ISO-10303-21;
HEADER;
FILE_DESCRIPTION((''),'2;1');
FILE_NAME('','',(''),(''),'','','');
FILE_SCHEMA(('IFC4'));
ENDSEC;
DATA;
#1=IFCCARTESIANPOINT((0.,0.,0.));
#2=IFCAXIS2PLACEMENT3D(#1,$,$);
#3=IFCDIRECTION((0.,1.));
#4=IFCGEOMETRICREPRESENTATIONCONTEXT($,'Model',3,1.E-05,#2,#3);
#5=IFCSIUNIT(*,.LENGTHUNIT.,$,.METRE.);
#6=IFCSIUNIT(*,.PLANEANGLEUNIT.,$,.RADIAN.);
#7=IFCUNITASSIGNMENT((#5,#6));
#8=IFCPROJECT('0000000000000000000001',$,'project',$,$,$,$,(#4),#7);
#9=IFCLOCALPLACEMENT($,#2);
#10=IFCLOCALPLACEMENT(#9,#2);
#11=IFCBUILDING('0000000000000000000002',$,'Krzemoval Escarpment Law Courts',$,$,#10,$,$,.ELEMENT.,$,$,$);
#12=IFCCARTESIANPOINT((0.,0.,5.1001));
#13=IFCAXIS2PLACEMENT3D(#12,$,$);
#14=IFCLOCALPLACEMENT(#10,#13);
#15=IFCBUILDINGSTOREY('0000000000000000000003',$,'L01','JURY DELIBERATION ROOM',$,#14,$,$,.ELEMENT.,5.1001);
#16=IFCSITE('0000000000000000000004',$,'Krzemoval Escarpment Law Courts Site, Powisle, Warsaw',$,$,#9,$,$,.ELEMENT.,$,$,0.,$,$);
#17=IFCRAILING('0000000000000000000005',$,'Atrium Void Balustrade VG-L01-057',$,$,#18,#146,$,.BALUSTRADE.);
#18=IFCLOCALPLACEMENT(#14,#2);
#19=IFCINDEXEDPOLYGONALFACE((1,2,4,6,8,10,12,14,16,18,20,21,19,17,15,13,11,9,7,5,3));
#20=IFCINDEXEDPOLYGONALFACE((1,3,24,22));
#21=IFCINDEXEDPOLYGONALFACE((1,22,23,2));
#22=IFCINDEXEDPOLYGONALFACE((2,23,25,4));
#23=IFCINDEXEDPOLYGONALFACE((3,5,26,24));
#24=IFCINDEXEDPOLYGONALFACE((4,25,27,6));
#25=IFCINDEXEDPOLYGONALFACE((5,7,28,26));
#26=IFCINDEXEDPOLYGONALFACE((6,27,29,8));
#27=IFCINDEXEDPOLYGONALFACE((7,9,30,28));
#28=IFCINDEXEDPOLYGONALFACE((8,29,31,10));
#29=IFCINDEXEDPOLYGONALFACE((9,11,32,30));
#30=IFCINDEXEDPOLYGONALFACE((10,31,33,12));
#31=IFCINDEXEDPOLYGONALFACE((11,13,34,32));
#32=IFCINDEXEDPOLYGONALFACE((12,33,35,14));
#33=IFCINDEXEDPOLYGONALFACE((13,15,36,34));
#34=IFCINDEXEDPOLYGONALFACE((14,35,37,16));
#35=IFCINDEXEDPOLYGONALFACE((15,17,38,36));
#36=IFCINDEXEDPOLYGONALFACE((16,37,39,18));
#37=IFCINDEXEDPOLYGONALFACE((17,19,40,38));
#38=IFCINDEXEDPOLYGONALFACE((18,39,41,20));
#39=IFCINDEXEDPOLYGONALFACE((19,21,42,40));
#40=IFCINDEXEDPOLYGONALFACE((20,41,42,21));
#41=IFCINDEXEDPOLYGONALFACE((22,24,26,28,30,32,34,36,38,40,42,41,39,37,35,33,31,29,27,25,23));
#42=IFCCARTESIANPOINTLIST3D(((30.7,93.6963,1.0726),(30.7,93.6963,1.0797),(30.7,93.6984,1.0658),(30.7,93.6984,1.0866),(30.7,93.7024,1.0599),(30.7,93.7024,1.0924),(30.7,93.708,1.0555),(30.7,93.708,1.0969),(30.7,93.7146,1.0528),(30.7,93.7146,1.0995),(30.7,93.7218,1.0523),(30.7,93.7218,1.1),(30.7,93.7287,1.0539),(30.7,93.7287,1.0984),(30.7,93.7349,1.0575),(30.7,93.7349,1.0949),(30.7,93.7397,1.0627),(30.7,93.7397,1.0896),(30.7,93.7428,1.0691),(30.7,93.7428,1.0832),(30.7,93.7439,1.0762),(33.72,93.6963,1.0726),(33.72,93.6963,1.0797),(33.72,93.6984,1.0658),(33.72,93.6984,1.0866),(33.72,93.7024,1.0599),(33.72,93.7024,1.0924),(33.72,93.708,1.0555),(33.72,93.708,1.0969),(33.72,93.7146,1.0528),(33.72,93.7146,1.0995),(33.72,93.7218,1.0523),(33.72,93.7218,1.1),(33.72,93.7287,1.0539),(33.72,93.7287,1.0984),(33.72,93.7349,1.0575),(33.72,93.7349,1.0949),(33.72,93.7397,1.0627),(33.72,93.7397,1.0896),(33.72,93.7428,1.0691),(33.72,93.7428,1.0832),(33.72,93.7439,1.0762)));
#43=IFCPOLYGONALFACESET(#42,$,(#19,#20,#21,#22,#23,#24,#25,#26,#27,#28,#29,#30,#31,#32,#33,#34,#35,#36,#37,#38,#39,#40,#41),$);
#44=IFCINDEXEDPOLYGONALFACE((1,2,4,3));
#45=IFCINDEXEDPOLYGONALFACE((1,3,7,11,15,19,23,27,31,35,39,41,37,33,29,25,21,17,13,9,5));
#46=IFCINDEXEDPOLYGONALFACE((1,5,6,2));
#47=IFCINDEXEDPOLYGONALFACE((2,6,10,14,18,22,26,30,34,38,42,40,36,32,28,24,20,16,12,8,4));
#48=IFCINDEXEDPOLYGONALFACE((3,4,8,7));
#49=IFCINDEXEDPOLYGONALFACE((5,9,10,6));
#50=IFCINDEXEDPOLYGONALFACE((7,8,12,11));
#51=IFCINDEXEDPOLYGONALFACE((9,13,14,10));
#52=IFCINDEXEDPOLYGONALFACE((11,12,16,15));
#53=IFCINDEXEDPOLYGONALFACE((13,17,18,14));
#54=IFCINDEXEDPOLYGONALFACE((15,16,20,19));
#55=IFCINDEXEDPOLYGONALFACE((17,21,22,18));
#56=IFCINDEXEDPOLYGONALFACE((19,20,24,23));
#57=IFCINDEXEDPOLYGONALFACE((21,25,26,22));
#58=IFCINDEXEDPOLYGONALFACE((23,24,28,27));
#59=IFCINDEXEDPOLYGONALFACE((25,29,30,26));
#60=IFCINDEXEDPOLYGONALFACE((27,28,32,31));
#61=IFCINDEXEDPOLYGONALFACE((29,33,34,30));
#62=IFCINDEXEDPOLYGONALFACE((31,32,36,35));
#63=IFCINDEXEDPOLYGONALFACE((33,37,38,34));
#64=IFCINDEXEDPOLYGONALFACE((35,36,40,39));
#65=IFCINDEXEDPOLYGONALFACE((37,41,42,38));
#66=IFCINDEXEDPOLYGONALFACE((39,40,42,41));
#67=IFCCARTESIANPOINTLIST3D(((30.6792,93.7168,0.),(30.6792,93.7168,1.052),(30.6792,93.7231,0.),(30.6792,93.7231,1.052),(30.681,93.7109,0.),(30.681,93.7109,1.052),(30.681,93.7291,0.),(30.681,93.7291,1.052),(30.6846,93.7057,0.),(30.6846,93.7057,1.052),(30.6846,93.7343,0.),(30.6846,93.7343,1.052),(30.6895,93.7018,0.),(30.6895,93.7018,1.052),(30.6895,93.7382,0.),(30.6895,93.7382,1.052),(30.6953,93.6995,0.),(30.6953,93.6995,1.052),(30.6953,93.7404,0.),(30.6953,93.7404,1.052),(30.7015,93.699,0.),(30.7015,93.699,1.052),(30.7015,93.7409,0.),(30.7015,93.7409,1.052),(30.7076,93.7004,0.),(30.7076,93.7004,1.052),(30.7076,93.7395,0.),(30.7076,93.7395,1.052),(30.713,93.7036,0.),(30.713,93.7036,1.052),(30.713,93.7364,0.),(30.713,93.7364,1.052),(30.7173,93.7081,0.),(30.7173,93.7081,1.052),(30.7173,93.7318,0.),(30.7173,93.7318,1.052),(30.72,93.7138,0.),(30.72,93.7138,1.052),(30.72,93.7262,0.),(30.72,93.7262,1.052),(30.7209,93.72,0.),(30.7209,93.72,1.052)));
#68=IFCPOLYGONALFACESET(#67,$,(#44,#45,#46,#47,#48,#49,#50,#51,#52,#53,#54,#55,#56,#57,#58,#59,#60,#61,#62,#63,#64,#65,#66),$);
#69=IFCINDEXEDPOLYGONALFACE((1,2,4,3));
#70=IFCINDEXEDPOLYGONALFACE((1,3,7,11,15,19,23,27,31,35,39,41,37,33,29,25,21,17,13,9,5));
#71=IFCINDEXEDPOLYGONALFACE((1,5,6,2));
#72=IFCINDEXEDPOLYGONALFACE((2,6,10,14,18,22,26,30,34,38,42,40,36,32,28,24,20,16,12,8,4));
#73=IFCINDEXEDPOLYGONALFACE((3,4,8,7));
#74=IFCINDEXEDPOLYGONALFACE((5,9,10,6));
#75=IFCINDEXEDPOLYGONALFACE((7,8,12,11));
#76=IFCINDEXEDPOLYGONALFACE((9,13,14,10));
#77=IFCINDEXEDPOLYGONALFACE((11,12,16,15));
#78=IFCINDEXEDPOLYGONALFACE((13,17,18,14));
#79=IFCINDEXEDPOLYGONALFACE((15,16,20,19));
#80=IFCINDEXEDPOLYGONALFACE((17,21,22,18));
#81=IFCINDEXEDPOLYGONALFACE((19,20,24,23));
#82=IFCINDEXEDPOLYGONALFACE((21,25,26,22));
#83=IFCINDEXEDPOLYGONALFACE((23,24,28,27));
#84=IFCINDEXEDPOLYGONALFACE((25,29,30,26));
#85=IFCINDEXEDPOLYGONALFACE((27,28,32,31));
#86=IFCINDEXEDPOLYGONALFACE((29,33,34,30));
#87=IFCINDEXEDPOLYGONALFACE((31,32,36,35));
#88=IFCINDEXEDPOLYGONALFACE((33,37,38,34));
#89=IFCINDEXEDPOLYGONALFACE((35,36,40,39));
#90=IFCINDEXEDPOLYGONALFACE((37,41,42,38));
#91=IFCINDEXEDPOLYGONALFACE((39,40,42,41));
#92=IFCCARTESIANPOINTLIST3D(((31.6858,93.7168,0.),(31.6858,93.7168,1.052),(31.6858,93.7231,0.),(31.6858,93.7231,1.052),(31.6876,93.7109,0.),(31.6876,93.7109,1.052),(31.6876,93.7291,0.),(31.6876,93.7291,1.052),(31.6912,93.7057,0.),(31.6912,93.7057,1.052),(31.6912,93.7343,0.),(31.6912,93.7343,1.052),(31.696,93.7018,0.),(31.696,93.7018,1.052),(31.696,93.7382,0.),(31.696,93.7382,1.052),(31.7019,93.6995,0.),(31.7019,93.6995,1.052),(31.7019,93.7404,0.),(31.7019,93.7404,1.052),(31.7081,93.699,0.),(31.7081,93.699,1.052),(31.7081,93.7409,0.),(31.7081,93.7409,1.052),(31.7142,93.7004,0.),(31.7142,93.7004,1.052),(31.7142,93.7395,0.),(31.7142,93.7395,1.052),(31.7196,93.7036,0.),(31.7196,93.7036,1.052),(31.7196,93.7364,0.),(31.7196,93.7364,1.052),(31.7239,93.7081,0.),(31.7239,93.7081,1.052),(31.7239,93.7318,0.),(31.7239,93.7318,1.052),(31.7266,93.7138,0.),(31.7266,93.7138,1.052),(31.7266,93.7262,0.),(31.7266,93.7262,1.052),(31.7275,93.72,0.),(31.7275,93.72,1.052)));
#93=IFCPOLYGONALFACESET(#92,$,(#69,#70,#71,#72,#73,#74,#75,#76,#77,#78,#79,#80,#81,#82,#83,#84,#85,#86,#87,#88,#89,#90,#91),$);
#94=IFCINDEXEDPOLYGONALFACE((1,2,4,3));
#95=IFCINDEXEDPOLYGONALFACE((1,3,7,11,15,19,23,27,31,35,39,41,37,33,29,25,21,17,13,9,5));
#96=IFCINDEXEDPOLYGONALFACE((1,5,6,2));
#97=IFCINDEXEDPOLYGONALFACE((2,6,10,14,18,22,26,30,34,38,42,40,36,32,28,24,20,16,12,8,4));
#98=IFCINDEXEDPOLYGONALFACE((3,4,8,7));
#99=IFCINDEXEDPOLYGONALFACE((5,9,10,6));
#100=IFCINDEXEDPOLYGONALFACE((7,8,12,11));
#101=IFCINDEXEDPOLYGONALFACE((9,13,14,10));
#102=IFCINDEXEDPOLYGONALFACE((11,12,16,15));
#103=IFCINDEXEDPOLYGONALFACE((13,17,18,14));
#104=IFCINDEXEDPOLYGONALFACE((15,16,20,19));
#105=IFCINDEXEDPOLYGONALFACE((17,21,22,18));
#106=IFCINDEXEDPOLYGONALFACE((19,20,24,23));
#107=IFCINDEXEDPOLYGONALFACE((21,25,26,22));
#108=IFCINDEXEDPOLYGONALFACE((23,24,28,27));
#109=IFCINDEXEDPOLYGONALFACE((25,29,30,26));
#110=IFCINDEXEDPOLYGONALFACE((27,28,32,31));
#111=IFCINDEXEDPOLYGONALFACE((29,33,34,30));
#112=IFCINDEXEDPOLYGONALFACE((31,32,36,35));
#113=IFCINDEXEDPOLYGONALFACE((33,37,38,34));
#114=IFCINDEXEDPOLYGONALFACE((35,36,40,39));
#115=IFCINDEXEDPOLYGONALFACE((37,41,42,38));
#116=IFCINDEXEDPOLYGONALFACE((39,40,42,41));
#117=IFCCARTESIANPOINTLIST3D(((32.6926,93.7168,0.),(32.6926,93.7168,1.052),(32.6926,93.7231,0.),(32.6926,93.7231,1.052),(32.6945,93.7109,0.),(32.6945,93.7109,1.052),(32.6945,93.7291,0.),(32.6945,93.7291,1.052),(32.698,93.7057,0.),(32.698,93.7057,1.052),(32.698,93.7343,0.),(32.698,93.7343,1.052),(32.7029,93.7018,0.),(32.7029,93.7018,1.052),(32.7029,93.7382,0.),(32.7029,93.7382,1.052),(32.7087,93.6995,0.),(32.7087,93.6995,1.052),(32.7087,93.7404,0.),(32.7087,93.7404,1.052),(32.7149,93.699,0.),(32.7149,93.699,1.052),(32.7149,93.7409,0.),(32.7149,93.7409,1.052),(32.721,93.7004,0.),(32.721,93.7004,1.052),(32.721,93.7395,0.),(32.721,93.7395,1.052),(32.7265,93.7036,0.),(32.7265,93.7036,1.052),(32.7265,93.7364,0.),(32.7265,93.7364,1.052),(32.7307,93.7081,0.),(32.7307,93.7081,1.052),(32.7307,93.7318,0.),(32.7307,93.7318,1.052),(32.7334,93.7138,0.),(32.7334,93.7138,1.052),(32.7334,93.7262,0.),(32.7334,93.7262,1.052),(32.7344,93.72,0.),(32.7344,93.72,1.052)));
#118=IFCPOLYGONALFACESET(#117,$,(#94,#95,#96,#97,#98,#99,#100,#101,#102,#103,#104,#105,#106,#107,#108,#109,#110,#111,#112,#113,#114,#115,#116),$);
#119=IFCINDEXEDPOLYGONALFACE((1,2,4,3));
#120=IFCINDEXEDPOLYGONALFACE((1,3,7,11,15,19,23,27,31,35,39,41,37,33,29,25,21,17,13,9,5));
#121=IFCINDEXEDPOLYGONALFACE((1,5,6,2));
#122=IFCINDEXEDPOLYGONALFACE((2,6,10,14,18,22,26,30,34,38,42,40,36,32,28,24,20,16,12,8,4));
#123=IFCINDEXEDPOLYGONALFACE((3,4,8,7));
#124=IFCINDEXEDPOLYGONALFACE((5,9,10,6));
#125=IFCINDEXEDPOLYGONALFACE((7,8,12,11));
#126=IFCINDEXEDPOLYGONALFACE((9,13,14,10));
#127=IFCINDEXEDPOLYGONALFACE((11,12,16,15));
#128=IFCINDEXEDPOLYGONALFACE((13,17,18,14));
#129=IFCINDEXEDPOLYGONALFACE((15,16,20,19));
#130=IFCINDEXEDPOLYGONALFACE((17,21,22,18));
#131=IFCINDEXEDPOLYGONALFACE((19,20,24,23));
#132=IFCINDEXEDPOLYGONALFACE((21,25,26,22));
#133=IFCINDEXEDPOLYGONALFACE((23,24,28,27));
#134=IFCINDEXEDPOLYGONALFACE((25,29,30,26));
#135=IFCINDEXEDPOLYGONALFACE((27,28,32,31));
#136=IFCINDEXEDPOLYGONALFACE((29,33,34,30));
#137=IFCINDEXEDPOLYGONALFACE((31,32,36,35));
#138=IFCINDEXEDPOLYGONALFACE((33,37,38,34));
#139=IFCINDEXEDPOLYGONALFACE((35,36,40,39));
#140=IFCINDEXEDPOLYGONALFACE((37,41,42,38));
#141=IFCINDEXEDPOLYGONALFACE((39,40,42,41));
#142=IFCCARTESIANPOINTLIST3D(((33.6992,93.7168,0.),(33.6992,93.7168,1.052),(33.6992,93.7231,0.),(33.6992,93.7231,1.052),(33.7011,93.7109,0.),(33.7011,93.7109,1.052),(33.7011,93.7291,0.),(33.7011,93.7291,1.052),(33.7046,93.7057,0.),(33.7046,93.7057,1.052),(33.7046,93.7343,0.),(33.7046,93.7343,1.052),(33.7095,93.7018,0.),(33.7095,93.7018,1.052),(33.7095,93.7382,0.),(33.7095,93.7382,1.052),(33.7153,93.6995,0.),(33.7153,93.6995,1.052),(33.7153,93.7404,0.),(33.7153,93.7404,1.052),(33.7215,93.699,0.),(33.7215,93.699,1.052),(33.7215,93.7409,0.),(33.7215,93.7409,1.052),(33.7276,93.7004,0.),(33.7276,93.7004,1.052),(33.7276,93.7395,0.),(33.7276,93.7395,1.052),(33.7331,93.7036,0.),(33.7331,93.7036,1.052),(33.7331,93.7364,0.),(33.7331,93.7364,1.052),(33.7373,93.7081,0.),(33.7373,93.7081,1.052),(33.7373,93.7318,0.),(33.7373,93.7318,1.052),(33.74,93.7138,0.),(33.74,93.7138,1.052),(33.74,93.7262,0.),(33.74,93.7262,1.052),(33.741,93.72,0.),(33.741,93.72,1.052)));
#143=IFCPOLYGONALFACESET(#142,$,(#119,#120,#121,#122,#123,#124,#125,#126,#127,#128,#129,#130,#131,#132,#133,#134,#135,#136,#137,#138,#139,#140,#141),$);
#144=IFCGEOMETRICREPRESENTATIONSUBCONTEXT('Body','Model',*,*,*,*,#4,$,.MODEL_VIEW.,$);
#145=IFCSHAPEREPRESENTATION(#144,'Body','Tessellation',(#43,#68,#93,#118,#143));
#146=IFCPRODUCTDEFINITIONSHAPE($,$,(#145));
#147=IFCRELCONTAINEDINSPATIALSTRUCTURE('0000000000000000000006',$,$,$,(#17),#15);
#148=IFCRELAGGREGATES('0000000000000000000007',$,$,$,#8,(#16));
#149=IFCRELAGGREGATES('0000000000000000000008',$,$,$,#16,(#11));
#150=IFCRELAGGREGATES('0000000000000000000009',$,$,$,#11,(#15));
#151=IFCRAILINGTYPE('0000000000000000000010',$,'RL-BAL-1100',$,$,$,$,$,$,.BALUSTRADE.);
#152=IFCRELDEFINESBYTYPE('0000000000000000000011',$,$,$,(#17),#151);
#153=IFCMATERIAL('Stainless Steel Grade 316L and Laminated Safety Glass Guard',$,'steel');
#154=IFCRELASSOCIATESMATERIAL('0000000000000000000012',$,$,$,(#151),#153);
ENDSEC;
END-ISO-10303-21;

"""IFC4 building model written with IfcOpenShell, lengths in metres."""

from ifc_helpers import new_model, si_unit, direction, frame, origin, origin_2d, place, context, subcontext, project, spatial, circle, extrude, material, type_object, element, save


model = new_model("IFC4")

# Units and contexts
model_context = context("Model", 3, precision=1e-05, world=origin(), true_north=direction((0.0, 1.0)))
body_context = subcontext(model_context, "Body", "Model", "MODEL_VIEW")
ifc_project = project(units=[si_unit("LENGTHUNIT", "METRE"), si_unit("PLANEANGLEUNIT", "RADIAN")], contexts=[model_context])

# Site, building, storey
site_placement = place(None, origin())
site = spatial("IfcSite", under=ifc_project, at=site_placement, Name="Krzemoval Escarpment Law Courts Site, Powisle, Warsaw", CompositionType="ELEMENT", RefElevation=0.0)
building_placement = place(site_placement, origin())
building = spatial("IfcBuilding", under=site, at=building_placement, Name="Krzemoval Escarpment Law Courts", CompositionType="ELEMENT")
storey_placement = place(building_placement, frame((0.0, 0.0, 5.1001)))
storey = spatial("IfcBuildingStorey", under=building, at=storey_placement, Name="L01", Description="JURY DELIBERATION ROOM", CompositionType="ELEMENT", Elevation=5.1001)

# Railing
ifc_material_1 = material(Name="Stainless Steel Grade 316L and Laminated Safety Glass Guard", Category="steel")
railing_type_1 = type_object("IfcRailingType", Name="RL-BAL-1100", PredefinedType="BALUSTRADE", material=ifc_material_1)
railing_1_placement = place(storey_placement, frame((30.7, 93.72, 0.0)))
element("IfcRailing", 1, at=railing_1_placement, inside=storey, type_object=railing_type_1, Name="Atrium Void Balustrade VG-L01-057", PredefinedType="BALUSTRADE", context=body_context, shape_type="SweptSolid", body=[
    extrude(circle(Radius=0.0239, at=origin_2d()), frame((0.0, 0.0, 1.0762), z_axis=(1.0, 0.0, 0.0), x_axis=(0.0, 1.0, 0.0)), (0.0, 0.0, 1.0), 3.02),
    extrude(circle(Radius=0.021, at=origin_2d()), origin(), (0.0, 0.0, 1.0), 1.052),
    extrude(circle(Radius=0.021, at=origin_2d()), frame((1.0066, 0.0, 0.0)), (0.0, 0.0, 1.0), 1.052),
    extrude(circle(Radius=0.021, at=origin_2d()), frame((2.0134, 0.0, 0.0)), (0.0, 0.0, 1.0), 1.052),
    extrude(circle(Radius=0.021, at=origin_2d()), frame((3.02, 0.0, 0.0)), (0.0, 0.0, 1.0), 1.052),
])

save(model, "model.ifc")
